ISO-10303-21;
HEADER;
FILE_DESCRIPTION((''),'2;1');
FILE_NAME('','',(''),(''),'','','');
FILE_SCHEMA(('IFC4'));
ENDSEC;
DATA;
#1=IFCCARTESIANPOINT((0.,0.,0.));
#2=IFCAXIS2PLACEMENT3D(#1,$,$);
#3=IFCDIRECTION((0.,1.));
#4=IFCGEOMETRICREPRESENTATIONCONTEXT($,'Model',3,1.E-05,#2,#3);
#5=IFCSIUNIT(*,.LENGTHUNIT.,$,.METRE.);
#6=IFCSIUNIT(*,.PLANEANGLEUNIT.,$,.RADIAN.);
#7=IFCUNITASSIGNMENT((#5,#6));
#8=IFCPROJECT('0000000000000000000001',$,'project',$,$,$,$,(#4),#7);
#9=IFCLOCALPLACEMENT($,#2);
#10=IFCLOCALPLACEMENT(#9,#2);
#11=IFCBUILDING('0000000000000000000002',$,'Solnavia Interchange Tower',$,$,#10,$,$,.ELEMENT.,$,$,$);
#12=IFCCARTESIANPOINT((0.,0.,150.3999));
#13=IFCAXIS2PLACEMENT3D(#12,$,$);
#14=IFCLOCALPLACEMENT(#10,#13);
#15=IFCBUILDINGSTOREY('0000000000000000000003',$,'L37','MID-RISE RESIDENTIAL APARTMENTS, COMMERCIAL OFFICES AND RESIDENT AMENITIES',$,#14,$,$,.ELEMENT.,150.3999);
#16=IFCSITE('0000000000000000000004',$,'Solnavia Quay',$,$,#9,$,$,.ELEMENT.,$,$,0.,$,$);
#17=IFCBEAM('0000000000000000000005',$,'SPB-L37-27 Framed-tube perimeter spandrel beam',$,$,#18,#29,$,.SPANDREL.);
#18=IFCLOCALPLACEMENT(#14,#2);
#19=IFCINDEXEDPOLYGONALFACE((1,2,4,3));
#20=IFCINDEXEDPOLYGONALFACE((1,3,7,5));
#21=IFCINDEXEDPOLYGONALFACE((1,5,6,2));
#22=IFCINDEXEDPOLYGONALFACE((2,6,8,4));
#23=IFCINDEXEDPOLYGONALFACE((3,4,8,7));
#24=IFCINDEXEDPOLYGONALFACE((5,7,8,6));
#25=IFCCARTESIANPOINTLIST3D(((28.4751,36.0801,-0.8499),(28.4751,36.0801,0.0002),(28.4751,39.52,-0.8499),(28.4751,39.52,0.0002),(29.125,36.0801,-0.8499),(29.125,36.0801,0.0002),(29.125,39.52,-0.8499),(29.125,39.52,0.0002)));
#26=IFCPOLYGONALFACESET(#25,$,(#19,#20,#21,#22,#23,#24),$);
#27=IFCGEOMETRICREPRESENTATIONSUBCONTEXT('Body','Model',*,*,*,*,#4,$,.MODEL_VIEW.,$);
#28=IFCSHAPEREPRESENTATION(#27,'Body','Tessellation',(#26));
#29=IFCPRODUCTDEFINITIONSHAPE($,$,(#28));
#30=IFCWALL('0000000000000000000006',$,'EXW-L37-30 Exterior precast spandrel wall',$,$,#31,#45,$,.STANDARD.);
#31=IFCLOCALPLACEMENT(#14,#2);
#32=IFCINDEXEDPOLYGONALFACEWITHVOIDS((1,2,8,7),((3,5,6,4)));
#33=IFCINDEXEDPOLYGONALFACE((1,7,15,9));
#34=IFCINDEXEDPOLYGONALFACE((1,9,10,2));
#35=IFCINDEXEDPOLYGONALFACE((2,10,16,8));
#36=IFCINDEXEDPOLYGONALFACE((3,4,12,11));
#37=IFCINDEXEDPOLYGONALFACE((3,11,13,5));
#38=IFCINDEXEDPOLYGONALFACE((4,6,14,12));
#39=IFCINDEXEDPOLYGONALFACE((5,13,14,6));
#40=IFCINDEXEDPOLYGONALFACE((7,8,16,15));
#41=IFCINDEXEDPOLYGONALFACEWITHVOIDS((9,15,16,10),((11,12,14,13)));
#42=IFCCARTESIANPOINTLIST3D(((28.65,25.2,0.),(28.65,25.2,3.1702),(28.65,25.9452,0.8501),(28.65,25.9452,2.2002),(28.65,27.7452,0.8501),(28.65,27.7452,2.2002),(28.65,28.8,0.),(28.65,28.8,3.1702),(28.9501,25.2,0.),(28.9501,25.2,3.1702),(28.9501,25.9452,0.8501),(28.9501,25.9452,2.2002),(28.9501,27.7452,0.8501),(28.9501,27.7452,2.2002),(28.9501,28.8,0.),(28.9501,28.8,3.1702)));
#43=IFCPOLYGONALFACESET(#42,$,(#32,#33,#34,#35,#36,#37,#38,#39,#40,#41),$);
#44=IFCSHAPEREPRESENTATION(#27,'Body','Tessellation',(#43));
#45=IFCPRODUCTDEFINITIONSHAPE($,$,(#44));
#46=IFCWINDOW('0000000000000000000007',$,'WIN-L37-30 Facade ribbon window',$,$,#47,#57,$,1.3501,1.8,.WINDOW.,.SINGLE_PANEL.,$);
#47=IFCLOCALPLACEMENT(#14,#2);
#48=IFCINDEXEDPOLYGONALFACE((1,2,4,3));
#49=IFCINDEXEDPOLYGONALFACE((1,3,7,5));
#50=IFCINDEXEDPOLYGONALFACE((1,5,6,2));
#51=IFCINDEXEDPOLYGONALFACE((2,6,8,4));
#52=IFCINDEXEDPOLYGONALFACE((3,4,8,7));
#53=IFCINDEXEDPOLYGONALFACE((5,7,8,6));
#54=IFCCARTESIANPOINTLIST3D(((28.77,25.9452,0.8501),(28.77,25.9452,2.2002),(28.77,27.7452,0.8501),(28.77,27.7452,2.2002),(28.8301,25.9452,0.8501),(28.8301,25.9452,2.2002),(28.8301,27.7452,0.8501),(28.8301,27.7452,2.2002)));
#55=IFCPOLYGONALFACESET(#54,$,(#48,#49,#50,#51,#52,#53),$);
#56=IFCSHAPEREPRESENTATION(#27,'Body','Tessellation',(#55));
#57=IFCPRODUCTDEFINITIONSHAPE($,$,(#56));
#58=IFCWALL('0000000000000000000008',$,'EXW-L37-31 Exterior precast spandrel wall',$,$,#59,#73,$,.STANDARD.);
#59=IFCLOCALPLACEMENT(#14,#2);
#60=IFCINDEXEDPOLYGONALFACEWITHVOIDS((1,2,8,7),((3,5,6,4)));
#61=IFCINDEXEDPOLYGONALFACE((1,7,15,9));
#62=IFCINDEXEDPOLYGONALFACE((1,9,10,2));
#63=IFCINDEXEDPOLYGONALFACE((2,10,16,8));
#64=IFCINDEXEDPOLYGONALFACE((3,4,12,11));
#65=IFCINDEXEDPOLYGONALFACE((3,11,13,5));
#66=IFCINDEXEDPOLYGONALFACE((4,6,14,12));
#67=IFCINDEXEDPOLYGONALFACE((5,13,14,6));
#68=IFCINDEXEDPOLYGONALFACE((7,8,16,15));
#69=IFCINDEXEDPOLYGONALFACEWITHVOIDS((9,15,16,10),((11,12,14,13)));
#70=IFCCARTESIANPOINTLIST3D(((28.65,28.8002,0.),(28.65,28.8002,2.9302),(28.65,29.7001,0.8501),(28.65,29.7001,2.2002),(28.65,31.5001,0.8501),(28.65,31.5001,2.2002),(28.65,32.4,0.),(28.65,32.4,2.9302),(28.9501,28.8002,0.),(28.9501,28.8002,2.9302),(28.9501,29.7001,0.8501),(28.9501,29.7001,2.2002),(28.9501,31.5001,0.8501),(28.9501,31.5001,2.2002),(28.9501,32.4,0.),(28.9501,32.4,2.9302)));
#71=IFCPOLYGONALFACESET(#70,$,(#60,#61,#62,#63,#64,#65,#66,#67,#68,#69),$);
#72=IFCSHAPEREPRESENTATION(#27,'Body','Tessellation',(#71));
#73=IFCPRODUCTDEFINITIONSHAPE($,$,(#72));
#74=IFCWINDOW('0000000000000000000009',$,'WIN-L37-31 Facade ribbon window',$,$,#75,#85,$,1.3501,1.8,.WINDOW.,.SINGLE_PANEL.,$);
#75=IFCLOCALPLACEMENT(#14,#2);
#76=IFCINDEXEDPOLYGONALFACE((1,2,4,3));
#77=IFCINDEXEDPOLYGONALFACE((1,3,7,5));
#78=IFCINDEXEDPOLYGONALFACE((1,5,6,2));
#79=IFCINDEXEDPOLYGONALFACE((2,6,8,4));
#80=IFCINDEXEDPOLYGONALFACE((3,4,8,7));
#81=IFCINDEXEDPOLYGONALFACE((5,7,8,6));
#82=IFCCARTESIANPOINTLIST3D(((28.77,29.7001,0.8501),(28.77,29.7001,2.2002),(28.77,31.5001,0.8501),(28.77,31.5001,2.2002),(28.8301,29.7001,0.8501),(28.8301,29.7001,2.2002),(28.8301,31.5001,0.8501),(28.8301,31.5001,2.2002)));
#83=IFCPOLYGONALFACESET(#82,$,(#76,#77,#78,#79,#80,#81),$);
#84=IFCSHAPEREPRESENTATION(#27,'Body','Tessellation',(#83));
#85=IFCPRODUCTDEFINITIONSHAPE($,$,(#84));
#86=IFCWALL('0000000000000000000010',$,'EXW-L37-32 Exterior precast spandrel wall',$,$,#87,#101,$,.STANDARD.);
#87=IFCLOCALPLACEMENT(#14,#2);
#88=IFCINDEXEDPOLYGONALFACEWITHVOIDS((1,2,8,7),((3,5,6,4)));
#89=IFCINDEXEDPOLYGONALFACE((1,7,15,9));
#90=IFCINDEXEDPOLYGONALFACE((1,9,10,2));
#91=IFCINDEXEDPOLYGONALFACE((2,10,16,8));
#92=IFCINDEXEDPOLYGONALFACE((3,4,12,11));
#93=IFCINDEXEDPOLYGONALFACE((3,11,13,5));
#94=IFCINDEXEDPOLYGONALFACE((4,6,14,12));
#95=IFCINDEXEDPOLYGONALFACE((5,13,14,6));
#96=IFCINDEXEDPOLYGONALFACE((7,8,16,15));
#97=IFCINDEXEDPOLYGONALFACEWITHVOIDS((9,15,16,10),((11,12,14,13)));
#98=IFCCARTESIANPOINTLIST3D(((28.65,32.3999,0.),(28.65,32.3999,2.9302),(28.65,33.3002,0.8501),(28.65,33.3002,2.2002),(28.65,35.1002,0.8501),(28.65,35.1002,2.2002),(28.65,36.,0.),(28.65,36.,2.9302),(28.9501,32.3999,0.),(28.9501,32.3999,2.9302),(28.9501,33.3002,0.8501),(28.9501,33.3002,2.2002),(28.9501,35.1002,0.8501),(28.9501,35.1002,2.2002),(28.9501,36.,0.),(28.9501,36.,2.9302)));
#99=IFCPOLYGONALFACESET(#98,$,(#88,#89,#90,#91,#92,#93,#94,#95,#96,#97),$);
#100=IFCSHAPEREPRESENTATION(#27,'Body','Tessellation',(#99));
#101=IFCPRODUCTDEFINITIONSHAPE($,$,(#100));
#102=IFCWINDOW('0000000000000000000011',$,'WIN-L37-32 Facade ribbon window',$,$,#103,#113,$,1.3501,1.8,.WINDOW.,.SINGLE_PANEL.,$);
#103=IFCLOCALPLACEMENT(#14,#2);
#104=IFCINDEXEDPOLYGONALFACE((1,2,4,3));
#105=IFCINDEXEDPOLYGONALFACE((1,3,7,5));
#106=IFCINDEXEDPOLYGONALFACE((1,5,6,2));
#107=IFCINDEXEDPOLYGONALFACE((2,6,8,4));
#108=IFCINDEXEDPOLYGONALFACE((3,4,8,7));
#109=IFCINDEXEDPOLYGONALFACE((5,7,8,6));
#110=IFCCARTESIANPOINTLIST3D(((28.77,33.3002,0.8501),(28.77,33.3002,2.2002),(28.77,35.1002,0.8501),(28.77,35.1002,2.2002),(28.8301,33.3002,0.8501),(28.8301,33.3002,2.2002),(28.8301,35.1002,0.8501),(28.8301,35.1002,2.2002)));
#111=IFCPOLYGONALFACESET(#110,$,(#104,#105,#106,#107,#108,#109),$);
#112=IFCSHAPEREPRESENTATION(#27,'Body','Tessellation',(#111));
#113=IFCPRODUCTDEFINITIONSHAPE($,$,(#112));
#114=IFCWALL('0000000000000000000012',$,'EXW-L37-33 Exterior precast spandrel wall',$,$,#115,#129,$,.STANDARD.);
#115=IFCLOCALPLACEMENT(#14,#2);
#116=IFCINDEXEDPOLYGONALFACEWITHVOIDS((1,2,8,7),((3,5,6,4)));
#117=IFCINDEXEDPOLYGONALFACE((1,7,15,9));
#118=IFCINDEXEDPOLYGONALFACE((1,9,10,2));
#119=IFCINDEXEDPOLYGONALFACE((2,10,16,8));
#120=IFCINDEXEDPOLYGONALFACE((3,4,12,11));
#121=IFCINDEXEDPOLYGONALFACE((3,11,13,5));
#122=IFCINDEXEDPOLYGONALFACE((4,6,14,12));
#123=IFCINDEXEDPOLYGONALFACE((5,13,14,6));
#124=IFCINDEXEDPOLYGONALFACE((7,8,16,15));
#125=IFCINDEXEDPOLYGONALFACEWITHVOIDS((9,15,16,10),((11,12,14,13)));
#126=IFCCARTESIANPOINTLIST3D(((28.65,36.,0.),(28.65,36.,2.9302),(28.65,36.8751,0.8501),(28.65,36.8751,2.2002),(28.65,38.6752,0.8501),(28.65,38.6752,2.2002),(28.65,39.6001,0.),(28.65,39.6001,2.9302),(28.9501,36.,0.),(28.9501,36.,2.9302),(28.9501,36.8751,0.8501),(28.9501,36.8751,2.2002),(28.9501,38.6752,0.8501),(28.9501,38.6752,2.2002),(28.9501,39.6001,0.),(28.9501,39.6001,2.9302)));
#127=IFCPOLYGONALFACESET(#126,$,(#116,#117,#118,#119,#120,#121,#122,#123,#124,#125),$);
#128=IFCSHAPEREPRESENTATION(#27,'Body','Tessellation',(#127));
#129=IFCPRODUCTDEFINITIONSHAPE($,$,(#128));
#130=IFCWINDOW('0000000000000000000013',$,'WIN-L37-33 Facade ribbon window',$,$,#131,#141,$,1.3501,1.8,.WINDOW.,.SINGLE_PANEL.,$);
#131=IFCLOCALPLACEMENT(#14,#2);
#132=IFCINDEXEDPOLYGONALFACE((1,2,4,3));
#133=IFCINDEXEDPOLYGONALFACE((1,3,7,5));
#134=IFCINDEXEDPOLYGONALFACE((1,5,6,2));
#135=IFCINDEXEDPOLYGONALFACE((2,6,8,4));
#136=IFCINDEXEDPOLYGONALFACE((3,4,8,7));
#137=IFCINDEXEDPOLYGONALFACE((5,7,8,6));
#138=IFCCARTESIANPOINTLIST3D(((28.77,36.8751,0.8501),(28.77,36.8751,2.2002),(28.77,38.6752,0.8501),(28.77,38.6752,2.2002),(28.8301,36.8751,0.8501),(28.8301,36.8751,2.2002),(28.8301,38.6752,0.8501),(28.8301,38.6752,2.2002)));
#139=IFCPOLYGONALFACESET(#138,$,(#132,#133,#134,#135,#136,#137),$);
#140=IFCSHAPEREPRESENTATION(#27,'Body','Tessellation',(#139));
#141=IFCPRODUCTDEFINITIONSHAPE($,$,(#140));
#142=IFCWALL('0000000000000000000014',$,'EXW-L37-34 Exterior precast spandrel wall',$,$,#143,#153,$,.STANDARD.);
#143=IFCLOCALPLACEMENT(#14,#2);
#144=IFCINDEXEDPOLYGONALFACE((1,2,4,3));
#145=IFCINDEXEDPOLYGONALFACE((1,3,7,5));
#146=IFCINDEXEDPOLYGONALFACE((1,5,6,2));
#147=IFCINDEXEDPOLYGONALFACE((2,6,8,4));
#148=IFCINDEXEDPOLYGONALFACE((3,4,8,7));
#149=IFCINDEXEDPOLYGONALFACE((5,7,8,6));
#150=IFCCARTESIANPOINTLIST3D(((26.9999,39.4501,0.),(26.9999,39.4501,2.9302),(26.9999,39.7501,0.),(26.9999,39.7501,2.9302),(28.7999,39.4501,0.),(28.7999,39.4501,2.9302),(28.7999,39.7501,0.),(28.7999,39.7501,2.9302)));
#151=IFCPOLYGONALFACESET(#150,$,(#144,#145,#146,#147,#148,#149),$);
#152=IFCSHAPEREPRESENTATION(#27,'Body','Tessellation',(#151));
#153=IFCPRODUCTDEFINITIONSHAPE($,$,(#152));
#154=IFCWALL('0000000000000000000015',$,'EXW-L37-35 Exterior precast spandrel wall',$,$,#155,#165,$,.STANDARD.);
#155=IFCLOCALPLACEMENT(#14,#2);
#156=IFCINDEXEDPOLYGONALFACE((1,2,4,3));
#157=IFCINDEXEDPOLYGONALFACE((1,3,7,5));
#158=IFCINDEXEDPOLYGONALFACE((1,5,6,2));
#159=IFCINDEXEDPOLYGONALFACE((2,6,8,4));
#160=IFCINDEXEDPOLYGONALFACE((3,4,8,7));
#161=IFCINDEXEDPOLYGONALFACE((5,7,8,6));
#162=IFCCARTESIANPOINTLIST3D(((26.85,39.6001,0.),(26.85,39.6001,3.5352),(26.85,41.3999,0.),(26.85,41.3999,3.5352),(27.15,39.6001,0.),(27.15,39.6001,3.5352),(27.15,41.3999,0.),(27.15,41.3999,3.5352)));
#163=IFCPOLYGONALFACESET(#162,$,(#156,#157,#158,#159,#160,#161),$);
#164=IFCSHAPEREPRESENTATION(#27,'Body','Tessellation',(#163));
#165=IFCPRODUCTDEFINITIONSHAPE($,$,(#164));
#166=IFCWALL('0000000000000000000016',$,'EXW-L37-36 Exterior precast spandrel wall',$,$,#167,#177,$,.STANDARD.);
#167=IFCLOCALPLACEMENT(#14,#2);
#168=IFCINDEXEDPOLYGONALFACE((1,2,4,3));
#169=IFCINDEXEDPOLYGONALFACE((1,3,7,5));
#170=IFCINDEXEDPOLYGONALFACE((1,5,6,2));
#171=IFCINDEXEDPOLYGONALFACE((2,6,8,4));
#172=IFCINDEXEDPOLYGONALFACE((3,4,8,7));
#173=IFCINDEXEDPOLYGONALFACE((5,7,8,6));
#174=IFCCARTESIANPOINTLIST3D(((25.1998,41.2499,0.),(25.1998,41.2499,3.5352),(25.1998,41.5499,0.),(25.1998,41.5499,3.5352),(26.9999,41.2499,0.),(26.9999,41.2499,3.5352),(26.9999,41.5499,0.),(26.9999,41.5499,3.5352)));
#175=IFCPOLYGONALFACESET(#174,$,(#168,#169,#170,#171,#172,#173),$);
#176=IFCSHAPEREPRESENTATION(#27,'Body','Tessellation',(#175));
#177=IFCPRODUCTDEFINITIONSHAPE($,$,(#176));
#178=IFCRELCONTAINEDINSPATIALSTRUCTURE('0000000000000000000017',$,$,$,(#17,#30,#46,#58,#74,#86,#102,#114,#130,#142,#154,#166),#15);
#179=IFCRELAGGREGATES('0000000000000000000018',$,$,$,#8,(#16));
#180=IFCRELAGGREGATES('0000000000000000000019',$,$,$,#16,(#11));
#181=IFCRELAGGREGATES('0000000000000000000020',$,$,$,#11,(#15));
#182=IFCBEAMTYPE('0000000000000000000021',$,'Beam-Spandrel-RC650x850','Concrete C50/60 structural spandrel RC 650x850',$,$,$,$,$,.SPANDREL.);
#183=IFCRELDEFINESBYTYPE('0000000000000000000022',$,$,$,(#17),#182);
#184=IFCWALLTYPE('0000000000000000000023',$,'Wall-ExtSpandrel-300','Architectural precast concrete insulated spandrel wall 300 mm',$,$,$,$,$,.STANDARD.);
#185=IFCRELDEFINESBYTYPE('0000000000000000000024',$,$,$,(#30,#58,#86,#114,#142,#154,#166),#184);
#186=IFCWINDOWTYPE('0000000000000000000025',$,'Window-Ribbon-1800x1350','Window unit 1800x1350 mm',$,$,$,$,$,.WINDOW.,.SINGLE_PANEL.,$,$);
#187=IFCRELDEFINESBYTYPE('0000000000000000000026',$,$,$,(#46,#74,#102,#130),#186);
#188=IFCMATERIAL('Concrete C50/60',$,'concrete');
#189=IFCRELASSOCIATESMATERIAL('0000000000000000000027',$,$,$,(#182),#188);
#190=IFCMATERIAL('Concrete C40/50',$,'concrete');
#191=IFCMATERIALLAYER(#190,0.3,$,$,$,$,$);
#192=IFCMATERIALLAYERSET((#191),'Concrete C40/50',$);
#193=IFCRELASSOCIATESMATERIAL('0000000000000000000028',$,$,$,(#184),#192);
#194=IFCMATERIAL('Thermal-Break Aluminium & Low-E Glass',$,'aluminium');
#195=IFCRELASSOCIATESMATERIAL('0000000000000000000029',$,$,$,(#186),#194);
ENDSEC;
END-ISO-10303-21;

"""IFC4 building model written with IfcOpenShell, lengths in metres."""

from ifc_helpers import new_model, si_unit, direction, frame, frame_2d, origin, origin_2d, place, context, subcontext, project, spatial, rectangle, extrude, material, layer, layer_set, material_profile, profile_set, type_object, element, fill, save


model = new_model("IFC4")

# Units and contexts
model_context = context("Model", 3, precision=1e-05, world=origin(), true_north=direction((0.0, 1.0)))
body_context = subcontext(model_context, "Body", "Model", "MODEL_VIEW")
ifc_project = project(units=[si_unit("LENGTHUNIT", "METRE"), si_unit("PLANEANGLEUNIT", "RADIAN")], contexts=[model_context])

# Site, building, storey
site_placement = place(None, origin())
site = spatial("IfcSite", under=ifc_project, at=site_placement, Name="Solnavia Quay", CompositionType="ELEMENT", RefElevation=0.0)
building_placement = place(site_placement, origin())
building = spatial("IfcBuilding", under=site, at=building_placement, Name="Solnavia Interchange Tower", CompositionType="ELEMENT")
storey_placement = place(building_placement, frame((0.0, 0.0, 150.3999)))
storey = spatial("IfcBuildingStorey", under=building, at=storey_placement, Name="L37", Description="MID-RISE RESIDENTIAL APARTMENTS, COMMERCIAL OFFICES AND RESIDENT AMENITIES", CompositionType="ELEMENT", Elevation=150.3999)

# Shared definitions
ifc_material_1 = material(Name="Concrete C50/60", Category="concrete")

# Beam
ifc_material_profile_1 = material_profile(ifc_material_1, rectangle(XDim=0.6499, YDim=0.8501, at=origin_2d()), Name="RC 650x850")
ifc_profile_set_1 = profile_set([ifc_material_profile_1], Name="Concrete C50/60")
beam_type_1 = type_object("IfcBeamType", Name="Beam-Spandrel-RC650x850", Description="Concrete C50/60 structural spandrel RC 650x850", PredefinedType="SPANDREL", material=ifc_profile_set_1)
for number, where, z_axis, x_axis, name in (
    (1, (28.8, 36.0801, -0.4248), (0.0, 1.0, 0.0), (-1.0, 0.0, 0.0), "SPB-L37-27 Framed-tube perimeter spandrel beam"),
):
    element("IfcBeam", number, at=place(storey_placement, frame(where, z_axis=z_axis, x_axis=x_axis)), inside=storey, type_object=beam_type_1, Name=name, PredefinedType="SPANDREL", context=body_context, shape_type="SweptSolid", body=[
        extrude(rectangle(XDim=0.6499, YDim=0.8501, at=origin_2d()), origin(), (0.0, 0.0, 1.0), 3.4399),
    ])

# Walls, openings, windows
ifc_material_2 = material(Name="Concrete C40/50", Category="concrete")
ifc_layer_1 = layer(ifc_material_2, 0.3)
ifc_layer_set_1 = layer_set([ifc_layer_1], Name="Concrete C40/50")
wall_type = type_object("IfcWallType", Name="Wall-ExtSpandrel-300", Description="Architectural precast concrete insulated spandrel wall 300 mm", PredefinedType="STANDARD", material=ifc_layer_set_1)
wall_1_placement = place(storey_placement, frame((28.8, 28.8, 0.0), z_axis=(0.0, 0.0, 1.0), x_axis=(0.0, -1.0, 0.0)))
wall_1 = element("IfcWall", 2, at=wall_1_placement, inside=storey, type_object=wall_type, Name="EXW-L37-30 Exterior precast spandrel wall", PredefinedType="STANDARD", context=body_context, shape_type="SweptSolid", body=[
    extrude(rectangle(XDim=3.6001, YDim=0.3, at=frame_2d((1.8, 0.0))), origin(), (0.0, 0.0, 1.0), 3.1702),
])
opening_1_placement = place(wall_1_placement, frame((1.0549, 0.0, 0.8501)))
opening_1 = element("IfcOpeningElement", 3, at=opening_1_placement, cuts=wall_1, PredefinedType="OPENING", context=body_context, shape_type="SweptSolid", body=[
    extrude(rectangle(XDim=1.8, YDim=1.3501, at=frame_2d((0.8999, 0.675))), frame((0.0, 0.1602, 0.0), z_axis=(0.0, -1.0, 0.0), x_axis=(1.0, 0.0, 0.0)), (0.0, 0.0, 1.0), 0.3201),
])
ifc_material_3 = material(Name="Thermal-Break Aluminium & Low-E Glass", Category="aluminium")
window_type = type_object("IfcWindowType", Name="Window-Ribbon-1800x1350", Description="Window unit 1800x1350 mm", PartitioningType="SINGLE_PANEL", PredefinedType="WINDOW", material=ifc_material_3)
window_1_placement = place(opening_1_placement, origin())
window_1 = element("IfcWindow", 4, at=window_1_placement, inside=storey, type_object=window_type, Name="WIN-L37-30 Facade ribbon window", OverallHeight=1.3501, OverallWidth=1.8, PartitioningType="SINGLE_PANEL", PredefinedType="WINDOW", context=body_context, shape_type="SweptSolid", body=[
    extrude(rectangle(XDim=1.8, YDim=1.3501, at=frame_2d((0.8999, 0.675))), frame((0.0, 0.03, 0.0), z_axis=(0.0, -1.0, 0.0), x_axis=(1.0, 0.0, 0.0)), (0.0, 0.0, 1.0), 0.0601),
])
fill(opening_1, window_1)
wall_2_placement = place(storey_placement, frame((28.8, 32.3999, 0.0), z_axis=(0.0, 0.0, 1.0), x_axis=(0.0, -1.0, 0.0)))
wall_2 = element("IfcWall", 5, at=wall_2_placement, inside=storey, type_object=wall_type, Name="EXW-L37-31 Exterior precast spandrel wall", PredefinedType="STANDARD", context=body_context, shape_type="SweptSolid", body=[
    extrude(rectangle(XDim=3.5999, YDim=0.3, at=frame_2d((1.7998, 0.0))), origin(), (0.0, 0.0, 1.0), 2.9302),
])
opening_2_placement = place(wall_2_placement, frame((0.8999, 0.0, 0.8501)))
opening_2 = element("IfcOpeningElement", 6, at=opening_2_placement, cuts=wall_2, PredefinedType="OPENING", context=body_context, shape_type="SweptSolid", body=[
    extrude(rectangle(XDim=1.8, YDim=1.3501, at=frame_2d((0.8999, 0.675))), frame((0.0, 0.1602, 0.0), z_axis=(0.0, -1.0, 0.0), x_axis=(1.0, 0.0, 0.0)), (0.0, 0.0, 1.0), 0.3201),
])
window_2_placement = place(opening_2_placement, origin())
window_2 = element("IfcWindow", 7, at=window_2_placement, inside=storey, type_object=window_type, Name="WIN-L37-31 Facade ribbon window", OverallHeight=1.3501, OverallWidth=1.8, PartitioningType="SINGLE_PANEL", PredefinedType="WINDOW", context=body_context, shape_type="SweptSolid", body=[
    extrude(rectangle(XDim=1.8, YDim=1.3501, at=frame_2d((0.8999, 0.675))), frame((0.0, 0.03, 0.0), z_axis=(0.0, -1.0, 0.0), x_axis=(1.0, 0.0, 0.0)), (0.0, 0.0, 1.0), 0.0601),
])
fill(opening_2, window_2)
wall_3_placement = place(storey_placement, frame((28.8, 36.0, 0.0), z_axis=(0.0, 0.0, 1.0), x_axis=(0.0, -1.0, 0.0)))
wall_3 = element("IfcWall", 8, at=wall_3_placement, inside=storey, type_object=wall_type, Name="EXW-L37-32 Exterior precast spandrel wall", PredefinedType="STANDARD", context=body_context, shape_type="SweptSolid", body=[
    extrude(rectangle(XDim=3.6001, YDim=0.3, at=frame_2d((1.8, 0.0))), origin(), (0.0, 0.0, 1.0), 2.9302),
])
opening_3_placement = place(wall_3_placement, frame((0.8999, 0.0, 0.8501)))
opening_3 = element("IfcOpeningElement", 9, at=opening_3_placement, cuts=wall_3, PredefinedType="OPENING", context=body_context, shape_type="SweptSolid", body=[
    extrude(rectangle(XDim=1.8, YDim=1.3501, at=frame_2d((0.8999, 0.675))), frame((0.0, 0.1602, 0.0), z_axis=(0.0, -1.0, 0.0), x_axis=(1.0, 0.0, 0.0)), (0.0, 0.0, 1.0), 0.3201),
])
window_3_placement = place(opening_3_placement, origin())
window_3 = element("IfcWindow", 10, at=window_3_placement, inside=storey, type_object=window_type, Name="WIN-L37-32 Facade ribbon window", OverallHeight=1.3501, OverallWidth=1.8, PartitioningType="SINGLE_PANEL", PredefinedType="WINDOW", context=body_context, shape_type="SweptSolid", body=[
    extrude(rectangle(XDim=1.8, YDim=1.3501, at=frame_2d((0.8999, 0.675))), frame((0.0, 0.03, 0.0), z_axis=(0.0, -1.0, 0.0), x_axis=(1.0, 0.0, 0.0)), (0.0, 0.0, 1.0), 0.0601),
])
fill(opening_3, window_3)
wall_4_placement = place(storey_placement, frame((28.8, 39.6001, 0.0), z_axis=(0.0, 0.0, 1.0), x_axis=(0.0, -1.0, 0.0)))
wall_4 = element("IfcWall", 11, at=wall_4_placement, inside=storey, type_object=wall_type, Name="EXW-L37-33 Exterior precast spandrel wall", PredefinedType="STANDARD", context=body_context, shape_type="SweptSolid", body=[
    extrude(rectangle(XDim=3.6001, YDim=0.3, at=frame_2d((1.8, 0.0))), origin(), (0.0, 0.0, 1.0), 2.9302),
])
opening_4_placement = place(wall_4_placement, frame((0.925, 0.0, 0.8501)))
opening_4 = element("IfcOpeningElement", 12, at=opening_4_placement, cuts=wall_4, PredefinedType="OPENING", context=body_context, shape_type="SweptSolid", body=[
    extrude(rectangle(XDim=1.8, YDim=1.3501, at=frame_2d((0.8999, 0.675))), frame((0.0, 0.1602, 0.0), z_axis=(0.0, -1.0, 0.0), x_axis=(1.0, 0.0, 0.0)), (0.0, 0.0, 1.0), 0.3201),
])
window_4_placement = place(opening_4_placement, origin())
window_4 = element("IfcWindow", 13, at=window_4_placement, inside=storey, type_object=window_type, Name="WIN-L37-33 Facade ribbon window", OverallHeight=1.3501, OverallWidth=1.8, PartitioningType="SINGLE_PANEL", PredefinedType="WINDOW", context=body_context, shape_type="SweptSolid", body=[
    extrude(rectangle(XDim=1.8, YDim=1.3501, at=frame_2d((0.8999, 0.675))), frame((0.0, 0.03, 0.0), z_axis=(0.0, -1.0, 0.0), x_axis=(1.0, 0.0, 0.0)), (0.0, 0.0, 1.0), 0.0601),
])
fill(opening_4, window_4)

# Walls
wall_5_placement = place(storey_placement, frame((27.0, 39.6001, 0.0), z_axis=(0.0, 0.0, 1.0), x_axis=(1.0, 0.0, 0.0)))
element("IfcWall", 14, at=wall_5_placement, inside=storey, type_object=wall_type, Name="EXW-L37-34 Exterior precast spandrel wall", PredefinedType="STANDARD", context=body_context, shape_type="SweptSolid", body=[
    extrude(rectangle(XDim=1.8, YDim=0.3, at=frame_2d((0.8999, 0.0))), origin(), (0.0, 0.0, 1.0), 2.9302),
])
wall_6_placement = place(storey_placement, frame((27.0, 39.6001, 0.0), z_axis=(0.0, 0.0, 1.0), x_axis=(0.0, 1.0, 0.0)))
element("IfcWall", 15, at=wall_6_placement, inside=storey, type_object=wall_type, Name="EXW-L37-35 Exterior precast spandrel wall", PredefinedType="STANDARD", context=body_context, shape_type="SweptSolid", body=[
    extrude(rectangle(XDim=1.7998, YDim=0.3, at=frame_2d((0.8999, 0.0))), origin(), (0.0, 0.0, 1.0), 3.5352),
])
wall_7_placement = place(storey_placement, frame((25.2, 41.3999, 0.0), z_axis=(0.0, 0.0, 1.0), x_axis=(1.0, 0.0, 0.0)))
element("IfcWall", 16, at=wall_7_placement, inside=storey, type_object=wall_type, Name="EXW-L37-36 Exterior precast spandrel wall", PredefinedType="STANDARD", context=body_context, shape_type="SweptSolid", body=[
    extrude(rectangle(XDim=1.8, YDim=0.3, at=frame_2d((0.8999, 0.0))), origin(), (0.0, 0.0, 1.0), 3.5352),
])

save(model, "model.ifc")
